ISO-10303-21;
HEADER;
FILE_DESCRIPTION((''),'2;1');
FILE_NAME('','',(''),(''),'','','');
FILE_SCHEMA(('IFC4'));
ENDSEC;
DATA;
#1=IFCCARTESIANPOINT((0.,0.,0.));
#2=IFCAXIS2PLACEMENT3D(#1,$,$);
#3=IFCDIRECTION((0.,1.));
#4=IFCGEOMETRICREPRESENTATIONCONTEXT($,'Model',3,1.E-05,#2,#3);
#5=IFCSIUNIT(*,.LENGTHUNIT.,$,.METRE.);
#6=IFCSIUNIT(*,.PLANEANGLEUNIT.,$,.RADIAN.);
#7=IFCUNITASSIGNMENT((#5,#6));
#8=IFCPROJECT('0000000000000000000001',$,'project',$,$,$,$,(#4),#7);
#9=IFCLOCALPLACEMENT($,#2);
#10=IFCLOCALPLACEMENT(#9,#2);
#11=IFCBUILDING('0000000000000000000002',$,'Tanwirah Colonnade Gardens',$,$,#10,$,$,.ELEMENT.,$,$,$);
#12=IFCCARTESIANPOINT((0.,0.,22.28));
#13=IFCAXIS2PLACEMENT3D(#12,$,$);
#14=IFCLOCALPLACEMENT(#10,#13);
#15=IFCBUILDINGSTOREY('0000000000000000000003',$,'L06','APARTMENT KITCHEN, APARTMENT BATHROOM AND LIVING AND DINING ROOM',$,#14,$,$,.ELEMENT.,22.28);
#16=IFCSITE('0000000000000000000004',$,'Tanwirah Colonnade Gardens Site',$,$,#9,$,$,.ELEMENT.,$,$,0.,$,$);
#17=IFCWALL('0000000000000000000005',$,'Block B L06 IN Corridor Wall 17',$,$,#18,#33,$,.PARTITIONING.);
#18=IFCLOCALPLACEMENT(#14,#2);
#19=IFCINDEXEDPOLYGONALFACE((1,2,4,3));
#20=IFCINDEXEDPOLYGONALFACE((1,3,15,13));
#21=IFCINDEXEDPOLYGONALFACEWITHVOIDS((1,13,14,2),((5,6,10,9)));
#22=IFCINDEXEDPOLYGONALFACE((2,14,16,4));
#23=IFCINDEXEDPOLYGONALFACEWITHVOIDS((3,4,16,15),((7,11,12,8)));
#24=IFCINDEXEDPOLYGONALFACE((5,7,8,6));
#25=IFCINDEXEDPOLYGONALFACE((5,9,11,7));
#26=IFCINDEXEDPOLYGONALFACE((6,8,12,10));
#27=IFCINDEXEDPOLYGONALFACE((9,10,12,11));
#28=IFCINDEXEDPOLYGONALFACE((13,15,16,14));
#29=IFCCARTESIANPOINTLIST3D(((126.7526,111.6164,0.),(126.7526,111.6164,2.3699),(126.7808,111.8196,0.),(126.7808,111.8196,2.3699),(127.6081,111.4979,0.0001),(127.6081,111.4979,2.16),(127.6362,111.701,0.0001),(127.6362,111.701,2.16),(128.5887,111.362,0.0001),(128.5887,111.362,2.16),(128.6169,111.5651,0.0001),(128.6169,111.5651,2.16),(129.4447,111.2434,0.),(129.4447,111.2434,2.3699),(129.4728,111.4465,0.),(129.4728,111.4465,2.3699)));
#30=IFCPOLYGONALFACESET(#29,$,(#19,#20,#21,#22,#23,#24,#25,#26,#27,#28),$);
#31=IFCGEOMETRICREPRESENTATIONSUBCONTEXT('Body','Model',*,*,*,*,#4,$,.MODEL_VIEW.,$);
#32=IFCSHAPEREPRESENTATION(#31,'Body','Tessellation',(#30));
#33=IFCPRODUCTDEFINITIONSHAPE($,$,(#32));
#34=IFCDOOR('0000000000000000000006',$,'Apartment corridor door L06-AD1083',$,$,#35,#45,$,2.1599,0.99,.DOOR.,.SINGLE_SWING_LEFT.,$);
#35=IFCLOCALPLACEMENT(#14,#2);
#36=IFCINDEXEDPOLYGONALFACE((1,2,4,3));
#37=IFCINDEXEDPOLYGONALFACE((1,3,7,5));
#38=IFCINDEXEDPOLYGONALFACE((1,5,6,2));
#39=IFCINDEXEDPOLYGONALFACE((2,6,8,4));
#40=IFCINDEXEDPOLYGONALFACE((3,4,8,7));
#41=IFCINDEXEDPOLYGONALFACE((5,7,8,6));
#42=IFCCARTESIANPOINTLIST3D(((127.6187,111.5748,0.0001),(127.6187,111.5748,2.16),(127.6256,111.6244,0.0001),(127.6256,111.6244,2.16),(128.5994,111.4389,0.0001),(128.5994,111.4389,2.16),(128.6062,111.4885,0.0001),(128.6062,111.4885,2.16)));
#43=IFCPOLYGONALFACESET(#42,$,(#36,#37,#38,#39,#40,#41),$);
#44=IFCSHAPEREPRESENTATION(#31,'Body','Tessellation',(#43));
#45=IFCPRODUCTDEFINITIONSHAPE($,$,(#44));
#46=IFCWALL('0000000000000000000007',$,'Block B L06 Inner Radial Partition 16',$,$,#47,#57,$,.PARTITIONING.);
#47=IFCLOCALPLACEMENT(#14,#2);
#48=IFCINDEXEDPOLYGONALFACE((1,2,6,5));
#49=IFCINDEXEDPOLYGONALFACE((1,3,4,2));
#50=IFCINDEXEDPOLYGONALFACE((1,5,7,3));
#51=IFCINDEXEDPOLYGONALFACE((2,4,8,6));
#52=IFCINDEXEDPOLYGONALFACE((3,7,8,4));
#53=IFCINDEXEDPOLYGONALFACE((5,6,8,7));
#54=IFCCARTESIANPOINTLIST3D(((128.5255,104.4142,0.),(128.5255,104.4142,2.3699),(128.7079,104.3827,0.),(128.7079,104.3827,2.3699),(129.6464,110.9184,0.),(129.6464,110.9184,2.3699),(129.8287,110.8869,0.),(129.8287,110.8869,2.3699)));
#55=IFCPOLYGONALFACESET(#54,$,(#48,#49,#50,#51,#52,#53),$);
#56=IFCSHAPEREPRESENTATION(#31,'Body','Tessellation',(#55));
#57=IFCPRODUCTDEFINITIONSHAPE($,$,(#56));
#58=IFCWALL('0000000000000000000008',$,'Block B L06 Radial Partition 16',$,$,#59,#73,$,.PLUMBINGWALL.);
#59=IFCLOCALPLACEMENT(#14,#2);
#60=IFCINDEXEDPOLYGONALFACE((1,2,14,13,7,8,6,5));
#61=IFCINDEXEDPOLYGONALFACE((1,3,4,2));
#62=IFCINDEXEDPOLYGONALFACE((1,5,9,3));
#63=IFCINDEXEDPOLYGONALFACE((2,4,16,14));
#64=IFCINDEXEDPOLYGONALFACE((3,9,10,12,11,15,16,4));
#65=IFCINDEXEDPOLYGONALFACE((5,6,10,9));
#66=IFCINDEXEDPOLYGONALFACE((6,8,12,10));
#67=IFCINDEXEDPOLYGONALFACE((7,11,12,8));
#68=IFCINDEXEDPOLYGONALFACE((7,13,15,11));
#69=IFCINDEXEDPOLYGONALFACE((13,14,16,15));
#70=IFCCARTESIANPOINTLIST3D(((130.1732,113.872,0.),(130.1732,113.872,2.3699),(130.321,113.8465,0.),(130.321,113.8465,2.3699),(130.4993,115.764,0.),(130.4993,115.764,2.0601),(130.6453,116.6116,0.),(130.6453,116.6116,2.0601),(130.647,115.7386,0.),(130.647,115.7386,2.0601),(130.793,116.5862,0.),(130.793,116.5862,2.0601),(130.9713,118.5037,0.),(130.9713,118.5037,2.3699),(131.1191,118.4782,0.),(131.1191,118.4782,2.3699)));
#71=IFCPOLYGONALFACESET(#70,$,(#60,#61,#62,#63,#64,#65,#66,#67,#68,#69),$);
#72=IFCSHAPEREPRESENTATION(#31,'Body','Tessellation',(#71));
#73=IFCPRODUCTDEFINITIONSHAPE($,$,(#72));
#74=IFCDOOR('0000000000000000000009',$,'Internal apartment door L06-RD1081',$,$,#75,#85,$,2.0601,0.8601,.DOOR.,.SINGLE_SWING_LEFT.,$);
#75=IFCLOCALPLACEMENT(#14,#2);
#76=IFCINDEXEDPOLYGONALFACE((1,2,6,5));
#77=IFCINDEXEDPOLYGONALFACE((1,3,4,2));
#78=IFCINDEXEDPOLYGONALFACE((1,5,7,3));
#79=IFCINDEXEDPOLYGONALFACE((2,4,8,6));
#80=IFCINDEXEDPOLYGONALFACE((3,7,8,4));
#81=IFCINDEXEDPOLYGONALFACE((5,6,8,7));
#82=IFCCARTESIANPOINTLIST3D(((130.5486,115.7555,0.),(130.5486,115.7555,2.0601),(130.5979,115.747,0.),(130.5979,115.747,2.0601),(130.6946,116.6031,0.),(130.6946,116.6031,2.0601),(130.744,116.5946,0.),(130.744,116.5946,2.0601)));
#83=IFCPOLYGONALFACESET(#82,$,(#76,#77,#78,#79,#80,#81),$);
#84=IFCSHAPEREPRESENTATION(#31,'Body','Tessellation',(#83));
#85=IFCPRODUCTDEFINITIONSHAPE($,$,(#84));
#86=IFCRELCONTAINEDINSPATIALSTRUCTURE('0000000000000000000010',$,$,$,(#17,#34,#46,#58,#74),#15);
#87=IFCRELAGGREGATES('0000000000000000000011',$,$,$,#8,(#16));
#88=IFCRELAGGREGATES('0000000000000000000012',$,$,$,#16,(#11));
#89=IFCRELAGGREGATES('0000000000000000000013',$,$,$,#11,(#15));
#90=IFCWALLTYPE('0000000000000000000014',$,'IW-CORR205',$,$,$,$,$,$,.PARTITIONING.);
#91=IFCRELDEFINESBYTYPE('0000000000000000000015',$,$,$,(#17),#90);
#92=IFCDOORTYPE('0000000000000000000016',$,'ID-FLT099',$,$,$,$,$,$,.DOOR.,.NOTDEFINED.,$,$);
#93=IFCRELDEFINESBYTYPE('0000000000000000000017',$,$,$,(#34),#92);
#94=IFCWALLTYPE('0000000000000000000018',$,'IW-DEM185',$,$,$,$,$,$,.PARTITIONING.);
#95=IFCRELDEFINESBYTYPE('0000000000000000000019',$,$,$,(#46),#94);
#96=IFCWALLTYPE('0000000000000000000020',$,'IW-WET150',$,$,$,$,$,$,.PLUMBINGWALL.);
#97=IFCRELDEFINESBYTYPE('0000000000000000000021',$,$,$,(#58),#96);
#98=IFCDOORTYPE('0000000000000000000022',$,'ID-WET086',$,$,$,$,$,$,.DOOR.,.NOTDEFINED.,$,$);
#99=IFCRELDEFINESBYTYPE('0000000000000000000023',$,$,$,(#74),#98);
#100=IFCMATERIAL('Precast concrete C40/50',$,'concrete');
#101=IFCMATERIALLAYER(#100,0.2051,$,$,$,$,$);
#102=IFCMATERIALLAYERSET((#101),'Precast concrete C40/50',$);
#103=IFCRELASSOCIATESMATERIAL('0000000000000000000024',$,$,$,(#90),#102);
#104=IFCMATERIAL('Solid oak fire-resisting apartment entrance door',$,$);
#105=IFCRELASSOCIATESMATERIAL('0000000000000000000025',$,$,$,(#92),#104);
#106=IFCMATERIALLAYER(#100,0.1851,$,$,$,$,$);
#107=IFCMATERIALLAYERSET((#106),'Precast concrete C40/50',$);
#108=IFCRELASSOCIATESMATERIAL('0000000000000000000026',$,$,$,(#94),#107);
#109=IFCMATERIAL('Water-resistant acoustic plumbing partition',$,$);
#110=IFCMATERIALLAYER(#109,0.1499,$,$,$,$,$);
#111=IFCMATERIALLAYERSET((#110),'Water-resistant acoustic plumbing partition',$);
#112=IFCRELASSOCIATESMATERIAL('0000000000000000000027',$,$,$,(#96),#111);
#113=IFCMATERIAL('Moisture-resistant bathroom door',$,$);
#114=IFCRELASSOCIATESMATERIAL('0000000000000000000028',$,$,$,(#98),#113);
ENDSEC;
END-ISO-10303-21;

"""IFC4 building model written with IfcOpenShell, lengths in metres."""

from ifc_helpers import new_model, si_unit, direction, frame, frame_2d, origin, place, context, subcontext, project, spatial, rectangle, extrude, material, layer, layer_set, type_object, element, fill, save


model = new_model("IFC4")

# Units and contexts
model_context = context("Model", 3, precision=1e-05, world=origin(), true_north=direction((0.0, 1.0)))
body_context = subcontext(model_context, "Body", "Model", "MODEL_VIEW")
ifc_project = project(units=[si_unit("LENGTHUNIT", "METRE"), si_unit("PLANEANGLEUNIT", "RADIAN")], contexts=[model_context])

# Site, building, storey
site_placement = place(None, origin())
site = spatial("IfcSite", under=ifc_project, at=site_placement, Name="Tanwirah Colonnade Gardens Site", CompositionType="ELEMENT", RefElevation=0.0)
building_placement = place(site_placement, origin())
building = spatial("IfcBuilding", under=site, at=building_placement, Name="Tanwirah Colonnade Gardens", CompositionType="ELEMENT")
storey_placement = place(building_placement, frame((0.0, 0.0, 22.28)))
storey = spatial("IfcBuildingStorey", under=building, at=storey_placement, Name="L06", Description="APARTMENT KITCHEN, APARTMENT BATHROOM AND LIVING AND DINING ROOM", CompositionType="ELEMENT", Elevation=22.28)

# Shared definitions
ifc_material_1 = material(Name="Precast concrete C40/50", Category="concrete")

# Wall, opening, door
ifc_layer_1 = layer(ifc_material_1, 0.2051)
ifc_layer_set_1 = layer_set([ifc_layer_1], Name="Precast concrete C40/50")
wall_type_1 = type_object("IfcWallType", Name="IW-CORR205", PredefinedType="PARTITIONING", material=ifc_layer_set_1)
ifc_material_2 = material(Name="Solid oak fire-resisting apartment entrance door")
door_type_1 = type_object("IfcDoorType", Name="ID-FLT099", OperationType="NOTDEFINED", PredefinedType="DOOR", material=ifc_material_2)
wall_1_placement = place(storey_placement, frame((129.4587, 111.345, 0.0), z_axis=(0.0, 0.0, 1.0), x_axis=(-0.990535, 0.137257, 0.0)))
wall_1 = element("IfcWall", 1, at=wall_1_placement, inside=storey, type_object=wall_type_1, Name="Block B L06 IN Corridor Wall 17", PredefinedType="PARTITIONING", context=body_context, shape_type="SweptSolid", body=[
    extrude(rectangle(XDim=2.7178, YDim=0.2051, at=frame_2d((1.3589, 0.0))), origin(), (0.0, 0.0, 1.0), 2.3699),
])
opening_1_placement = place(wall_1_placement, frame((0.864, 0.0, 0.0)))
opening_1 = element("IfcOpeningElement", 2, at=opening_1_placement, cuts=wall_1, PredefinedType="OPENING", context=body_context, shape_type="SweptSolid", body=[
    extrude(rectangle(XDim=0.99, YDim=2.1599, at=frame_2d((0.4951, 1.0801))), frame((0.0, 0.1125, 0.0), z_axis=(0.0, -1.0, 0.0), x_axis=(1.0, 0.0, 0.0)), (0.0, 0.0, 1.0), 0.2251),
])
door_1_placement = place(opening_1_placement, origin())
door_1 = element("IfcDoor", 3, at=door_1_placement, inside=storey, type_object=door_type_1, Name="Apartment corridor door L06-AD1083", OperationType="SINGLE_SWING_LEFT", OverallHeight=2.1599, OverallWidth=0.99, PredefinedType="DOOR", context=body_context, shape_type="SweptSolid", body=[
    extrude(rectangle(XDim=0.99, YDim=2.1599, at=frame_2d((0.4951, 1.0801))), frame((0.0, 0.0249, 0.0), z_axis=(0.0, -1.0, 0.0), x_axis=(1.0, 0.0, 0.0)), (0.0, 0.0, 1.0), 0.05),
])
fill(opening_1, door_1)

# Wall
ifc_layer_2 = layer(ifc_material_1, 0.1851)
ifc_layer_set_2 = layer_set([ifc_layer_2], Name="Precast concrete C40/50")
wall_type_2 = type_object("IfcWallType", Name="IW-DEM185", PredefinedType="PARTITIONING", material=ifc_layer_set_2)
wall_2_placement = place(storey_placement, frame((128.6167, 104.3984, 0.0), z_axis=(0.0, 0.0, 1.0), x_axis=(0.169825, 0.985474, 0.0)))
element("IfcWall", 4, at=wall_2_placement, inside=storey, type_object=wall_type_2, Name="Block B L06 Inner Radial Partition 16", PredefinedType="PARTITIONING", context=body_context, shape_type="SweptSolid", body=[
    extrude(rectangle(XDim=6.6001, YDim=0.1851, at=frame_2d((3.3, 0.0))), origin(), (0.0, 0.0, 1.0), 2.3699),
])

# Wall, opening, door
ifc_material_3 = material(Name="Water-resistant acoustic plumbing partition")
ifc_layer_3 = layer(ifc_material_3, 0.1499)
ifc_layer_set_3 = layer_set([ifc_layer_3], Name="Water-resistant acoustic plumbing partition")
wall_type_3 = type_object("IfcWallType", Name="IW-WET150", PredefinedType="PLUMBINGWALL", material=ifc_layer_set_3)
wall_3_placement = place(storey_placement, frame((130.2471, 113.8591, 0.0), z_axis=(0.0, 0.0, 1.0), x_axis=(0.169813, 0.985476, 0.0)))
wall_3 = element("IfcWall", 5, at=wall_3_placement, inside=storey, type_object=wall_type_3, Name="Block B L06 Radial Partition 16", PredefinedType="PLUMBINGWALL", context=body_context, shape_type="SweptSolid", body=[
    extrude(rectangle(XDim=4.7, YDim=0.1499, at=frame_2d((2.3501, 0.0))), origin(), (0.0, 0.0, 1.0), 2.3699),
])
opening_2_placement = place(wall_3_placement, frame((1.9199, 0.0, 0.0)))
opening_2 = element("IfcOpeningElement", 6, at=opening_2_placement, cuts=wall_3, PredefinedType="OPENING", context=body_context, shape_type="SweptSolid", body=[
    extrude(rectangle(XDim=0.8601, YDim=2.0601, at=frame_2d((0.4302, 1.03))), frame((0.0, 0.085, 0.0), z_axis=(0.0, -1.0, 0.0), x_axis=(1.0, 0.0, 0.0)), (0.0, 0.0, 1.0), 0.1699),
])
ifc_material_4 = material(Name="Moisture-resistant bathroom door")
door_type_2 = type_object("IfcDoorType", Name="ID-WET086", OperationType="NOTDEFINED", PredefinedType="DOOR", material=ifc_material_4)
door_2_placement = place(opening_2_placement, origin())
door_2 = element("IfcDoor", 7, at=door_2_placement, inside=storey, type_object=door_type_2, Name="Internal apartment door L06-RD1081", OperationType="SINGLE_SWING_LEFT", OverallHeight=2.0601, OverallWidth=0.8601, PredefinedType="DOOR", context=body_context, shape_type="SweptSolid", body=[
    extrude(rectangle(XDim=0.8601, YDim=2.0601, at=frame_2d((0.4302, 1.03))), frame((0.0, 0.0249, 0.0), z_axis=(0.0, -1.0, 0.0), x_axis=(1.0, 0.0, 0.0)), (0.0, 0.0, 1.0), 0.05),
])
fill(opening_2, door_2)

save(model, "model.ifc")
